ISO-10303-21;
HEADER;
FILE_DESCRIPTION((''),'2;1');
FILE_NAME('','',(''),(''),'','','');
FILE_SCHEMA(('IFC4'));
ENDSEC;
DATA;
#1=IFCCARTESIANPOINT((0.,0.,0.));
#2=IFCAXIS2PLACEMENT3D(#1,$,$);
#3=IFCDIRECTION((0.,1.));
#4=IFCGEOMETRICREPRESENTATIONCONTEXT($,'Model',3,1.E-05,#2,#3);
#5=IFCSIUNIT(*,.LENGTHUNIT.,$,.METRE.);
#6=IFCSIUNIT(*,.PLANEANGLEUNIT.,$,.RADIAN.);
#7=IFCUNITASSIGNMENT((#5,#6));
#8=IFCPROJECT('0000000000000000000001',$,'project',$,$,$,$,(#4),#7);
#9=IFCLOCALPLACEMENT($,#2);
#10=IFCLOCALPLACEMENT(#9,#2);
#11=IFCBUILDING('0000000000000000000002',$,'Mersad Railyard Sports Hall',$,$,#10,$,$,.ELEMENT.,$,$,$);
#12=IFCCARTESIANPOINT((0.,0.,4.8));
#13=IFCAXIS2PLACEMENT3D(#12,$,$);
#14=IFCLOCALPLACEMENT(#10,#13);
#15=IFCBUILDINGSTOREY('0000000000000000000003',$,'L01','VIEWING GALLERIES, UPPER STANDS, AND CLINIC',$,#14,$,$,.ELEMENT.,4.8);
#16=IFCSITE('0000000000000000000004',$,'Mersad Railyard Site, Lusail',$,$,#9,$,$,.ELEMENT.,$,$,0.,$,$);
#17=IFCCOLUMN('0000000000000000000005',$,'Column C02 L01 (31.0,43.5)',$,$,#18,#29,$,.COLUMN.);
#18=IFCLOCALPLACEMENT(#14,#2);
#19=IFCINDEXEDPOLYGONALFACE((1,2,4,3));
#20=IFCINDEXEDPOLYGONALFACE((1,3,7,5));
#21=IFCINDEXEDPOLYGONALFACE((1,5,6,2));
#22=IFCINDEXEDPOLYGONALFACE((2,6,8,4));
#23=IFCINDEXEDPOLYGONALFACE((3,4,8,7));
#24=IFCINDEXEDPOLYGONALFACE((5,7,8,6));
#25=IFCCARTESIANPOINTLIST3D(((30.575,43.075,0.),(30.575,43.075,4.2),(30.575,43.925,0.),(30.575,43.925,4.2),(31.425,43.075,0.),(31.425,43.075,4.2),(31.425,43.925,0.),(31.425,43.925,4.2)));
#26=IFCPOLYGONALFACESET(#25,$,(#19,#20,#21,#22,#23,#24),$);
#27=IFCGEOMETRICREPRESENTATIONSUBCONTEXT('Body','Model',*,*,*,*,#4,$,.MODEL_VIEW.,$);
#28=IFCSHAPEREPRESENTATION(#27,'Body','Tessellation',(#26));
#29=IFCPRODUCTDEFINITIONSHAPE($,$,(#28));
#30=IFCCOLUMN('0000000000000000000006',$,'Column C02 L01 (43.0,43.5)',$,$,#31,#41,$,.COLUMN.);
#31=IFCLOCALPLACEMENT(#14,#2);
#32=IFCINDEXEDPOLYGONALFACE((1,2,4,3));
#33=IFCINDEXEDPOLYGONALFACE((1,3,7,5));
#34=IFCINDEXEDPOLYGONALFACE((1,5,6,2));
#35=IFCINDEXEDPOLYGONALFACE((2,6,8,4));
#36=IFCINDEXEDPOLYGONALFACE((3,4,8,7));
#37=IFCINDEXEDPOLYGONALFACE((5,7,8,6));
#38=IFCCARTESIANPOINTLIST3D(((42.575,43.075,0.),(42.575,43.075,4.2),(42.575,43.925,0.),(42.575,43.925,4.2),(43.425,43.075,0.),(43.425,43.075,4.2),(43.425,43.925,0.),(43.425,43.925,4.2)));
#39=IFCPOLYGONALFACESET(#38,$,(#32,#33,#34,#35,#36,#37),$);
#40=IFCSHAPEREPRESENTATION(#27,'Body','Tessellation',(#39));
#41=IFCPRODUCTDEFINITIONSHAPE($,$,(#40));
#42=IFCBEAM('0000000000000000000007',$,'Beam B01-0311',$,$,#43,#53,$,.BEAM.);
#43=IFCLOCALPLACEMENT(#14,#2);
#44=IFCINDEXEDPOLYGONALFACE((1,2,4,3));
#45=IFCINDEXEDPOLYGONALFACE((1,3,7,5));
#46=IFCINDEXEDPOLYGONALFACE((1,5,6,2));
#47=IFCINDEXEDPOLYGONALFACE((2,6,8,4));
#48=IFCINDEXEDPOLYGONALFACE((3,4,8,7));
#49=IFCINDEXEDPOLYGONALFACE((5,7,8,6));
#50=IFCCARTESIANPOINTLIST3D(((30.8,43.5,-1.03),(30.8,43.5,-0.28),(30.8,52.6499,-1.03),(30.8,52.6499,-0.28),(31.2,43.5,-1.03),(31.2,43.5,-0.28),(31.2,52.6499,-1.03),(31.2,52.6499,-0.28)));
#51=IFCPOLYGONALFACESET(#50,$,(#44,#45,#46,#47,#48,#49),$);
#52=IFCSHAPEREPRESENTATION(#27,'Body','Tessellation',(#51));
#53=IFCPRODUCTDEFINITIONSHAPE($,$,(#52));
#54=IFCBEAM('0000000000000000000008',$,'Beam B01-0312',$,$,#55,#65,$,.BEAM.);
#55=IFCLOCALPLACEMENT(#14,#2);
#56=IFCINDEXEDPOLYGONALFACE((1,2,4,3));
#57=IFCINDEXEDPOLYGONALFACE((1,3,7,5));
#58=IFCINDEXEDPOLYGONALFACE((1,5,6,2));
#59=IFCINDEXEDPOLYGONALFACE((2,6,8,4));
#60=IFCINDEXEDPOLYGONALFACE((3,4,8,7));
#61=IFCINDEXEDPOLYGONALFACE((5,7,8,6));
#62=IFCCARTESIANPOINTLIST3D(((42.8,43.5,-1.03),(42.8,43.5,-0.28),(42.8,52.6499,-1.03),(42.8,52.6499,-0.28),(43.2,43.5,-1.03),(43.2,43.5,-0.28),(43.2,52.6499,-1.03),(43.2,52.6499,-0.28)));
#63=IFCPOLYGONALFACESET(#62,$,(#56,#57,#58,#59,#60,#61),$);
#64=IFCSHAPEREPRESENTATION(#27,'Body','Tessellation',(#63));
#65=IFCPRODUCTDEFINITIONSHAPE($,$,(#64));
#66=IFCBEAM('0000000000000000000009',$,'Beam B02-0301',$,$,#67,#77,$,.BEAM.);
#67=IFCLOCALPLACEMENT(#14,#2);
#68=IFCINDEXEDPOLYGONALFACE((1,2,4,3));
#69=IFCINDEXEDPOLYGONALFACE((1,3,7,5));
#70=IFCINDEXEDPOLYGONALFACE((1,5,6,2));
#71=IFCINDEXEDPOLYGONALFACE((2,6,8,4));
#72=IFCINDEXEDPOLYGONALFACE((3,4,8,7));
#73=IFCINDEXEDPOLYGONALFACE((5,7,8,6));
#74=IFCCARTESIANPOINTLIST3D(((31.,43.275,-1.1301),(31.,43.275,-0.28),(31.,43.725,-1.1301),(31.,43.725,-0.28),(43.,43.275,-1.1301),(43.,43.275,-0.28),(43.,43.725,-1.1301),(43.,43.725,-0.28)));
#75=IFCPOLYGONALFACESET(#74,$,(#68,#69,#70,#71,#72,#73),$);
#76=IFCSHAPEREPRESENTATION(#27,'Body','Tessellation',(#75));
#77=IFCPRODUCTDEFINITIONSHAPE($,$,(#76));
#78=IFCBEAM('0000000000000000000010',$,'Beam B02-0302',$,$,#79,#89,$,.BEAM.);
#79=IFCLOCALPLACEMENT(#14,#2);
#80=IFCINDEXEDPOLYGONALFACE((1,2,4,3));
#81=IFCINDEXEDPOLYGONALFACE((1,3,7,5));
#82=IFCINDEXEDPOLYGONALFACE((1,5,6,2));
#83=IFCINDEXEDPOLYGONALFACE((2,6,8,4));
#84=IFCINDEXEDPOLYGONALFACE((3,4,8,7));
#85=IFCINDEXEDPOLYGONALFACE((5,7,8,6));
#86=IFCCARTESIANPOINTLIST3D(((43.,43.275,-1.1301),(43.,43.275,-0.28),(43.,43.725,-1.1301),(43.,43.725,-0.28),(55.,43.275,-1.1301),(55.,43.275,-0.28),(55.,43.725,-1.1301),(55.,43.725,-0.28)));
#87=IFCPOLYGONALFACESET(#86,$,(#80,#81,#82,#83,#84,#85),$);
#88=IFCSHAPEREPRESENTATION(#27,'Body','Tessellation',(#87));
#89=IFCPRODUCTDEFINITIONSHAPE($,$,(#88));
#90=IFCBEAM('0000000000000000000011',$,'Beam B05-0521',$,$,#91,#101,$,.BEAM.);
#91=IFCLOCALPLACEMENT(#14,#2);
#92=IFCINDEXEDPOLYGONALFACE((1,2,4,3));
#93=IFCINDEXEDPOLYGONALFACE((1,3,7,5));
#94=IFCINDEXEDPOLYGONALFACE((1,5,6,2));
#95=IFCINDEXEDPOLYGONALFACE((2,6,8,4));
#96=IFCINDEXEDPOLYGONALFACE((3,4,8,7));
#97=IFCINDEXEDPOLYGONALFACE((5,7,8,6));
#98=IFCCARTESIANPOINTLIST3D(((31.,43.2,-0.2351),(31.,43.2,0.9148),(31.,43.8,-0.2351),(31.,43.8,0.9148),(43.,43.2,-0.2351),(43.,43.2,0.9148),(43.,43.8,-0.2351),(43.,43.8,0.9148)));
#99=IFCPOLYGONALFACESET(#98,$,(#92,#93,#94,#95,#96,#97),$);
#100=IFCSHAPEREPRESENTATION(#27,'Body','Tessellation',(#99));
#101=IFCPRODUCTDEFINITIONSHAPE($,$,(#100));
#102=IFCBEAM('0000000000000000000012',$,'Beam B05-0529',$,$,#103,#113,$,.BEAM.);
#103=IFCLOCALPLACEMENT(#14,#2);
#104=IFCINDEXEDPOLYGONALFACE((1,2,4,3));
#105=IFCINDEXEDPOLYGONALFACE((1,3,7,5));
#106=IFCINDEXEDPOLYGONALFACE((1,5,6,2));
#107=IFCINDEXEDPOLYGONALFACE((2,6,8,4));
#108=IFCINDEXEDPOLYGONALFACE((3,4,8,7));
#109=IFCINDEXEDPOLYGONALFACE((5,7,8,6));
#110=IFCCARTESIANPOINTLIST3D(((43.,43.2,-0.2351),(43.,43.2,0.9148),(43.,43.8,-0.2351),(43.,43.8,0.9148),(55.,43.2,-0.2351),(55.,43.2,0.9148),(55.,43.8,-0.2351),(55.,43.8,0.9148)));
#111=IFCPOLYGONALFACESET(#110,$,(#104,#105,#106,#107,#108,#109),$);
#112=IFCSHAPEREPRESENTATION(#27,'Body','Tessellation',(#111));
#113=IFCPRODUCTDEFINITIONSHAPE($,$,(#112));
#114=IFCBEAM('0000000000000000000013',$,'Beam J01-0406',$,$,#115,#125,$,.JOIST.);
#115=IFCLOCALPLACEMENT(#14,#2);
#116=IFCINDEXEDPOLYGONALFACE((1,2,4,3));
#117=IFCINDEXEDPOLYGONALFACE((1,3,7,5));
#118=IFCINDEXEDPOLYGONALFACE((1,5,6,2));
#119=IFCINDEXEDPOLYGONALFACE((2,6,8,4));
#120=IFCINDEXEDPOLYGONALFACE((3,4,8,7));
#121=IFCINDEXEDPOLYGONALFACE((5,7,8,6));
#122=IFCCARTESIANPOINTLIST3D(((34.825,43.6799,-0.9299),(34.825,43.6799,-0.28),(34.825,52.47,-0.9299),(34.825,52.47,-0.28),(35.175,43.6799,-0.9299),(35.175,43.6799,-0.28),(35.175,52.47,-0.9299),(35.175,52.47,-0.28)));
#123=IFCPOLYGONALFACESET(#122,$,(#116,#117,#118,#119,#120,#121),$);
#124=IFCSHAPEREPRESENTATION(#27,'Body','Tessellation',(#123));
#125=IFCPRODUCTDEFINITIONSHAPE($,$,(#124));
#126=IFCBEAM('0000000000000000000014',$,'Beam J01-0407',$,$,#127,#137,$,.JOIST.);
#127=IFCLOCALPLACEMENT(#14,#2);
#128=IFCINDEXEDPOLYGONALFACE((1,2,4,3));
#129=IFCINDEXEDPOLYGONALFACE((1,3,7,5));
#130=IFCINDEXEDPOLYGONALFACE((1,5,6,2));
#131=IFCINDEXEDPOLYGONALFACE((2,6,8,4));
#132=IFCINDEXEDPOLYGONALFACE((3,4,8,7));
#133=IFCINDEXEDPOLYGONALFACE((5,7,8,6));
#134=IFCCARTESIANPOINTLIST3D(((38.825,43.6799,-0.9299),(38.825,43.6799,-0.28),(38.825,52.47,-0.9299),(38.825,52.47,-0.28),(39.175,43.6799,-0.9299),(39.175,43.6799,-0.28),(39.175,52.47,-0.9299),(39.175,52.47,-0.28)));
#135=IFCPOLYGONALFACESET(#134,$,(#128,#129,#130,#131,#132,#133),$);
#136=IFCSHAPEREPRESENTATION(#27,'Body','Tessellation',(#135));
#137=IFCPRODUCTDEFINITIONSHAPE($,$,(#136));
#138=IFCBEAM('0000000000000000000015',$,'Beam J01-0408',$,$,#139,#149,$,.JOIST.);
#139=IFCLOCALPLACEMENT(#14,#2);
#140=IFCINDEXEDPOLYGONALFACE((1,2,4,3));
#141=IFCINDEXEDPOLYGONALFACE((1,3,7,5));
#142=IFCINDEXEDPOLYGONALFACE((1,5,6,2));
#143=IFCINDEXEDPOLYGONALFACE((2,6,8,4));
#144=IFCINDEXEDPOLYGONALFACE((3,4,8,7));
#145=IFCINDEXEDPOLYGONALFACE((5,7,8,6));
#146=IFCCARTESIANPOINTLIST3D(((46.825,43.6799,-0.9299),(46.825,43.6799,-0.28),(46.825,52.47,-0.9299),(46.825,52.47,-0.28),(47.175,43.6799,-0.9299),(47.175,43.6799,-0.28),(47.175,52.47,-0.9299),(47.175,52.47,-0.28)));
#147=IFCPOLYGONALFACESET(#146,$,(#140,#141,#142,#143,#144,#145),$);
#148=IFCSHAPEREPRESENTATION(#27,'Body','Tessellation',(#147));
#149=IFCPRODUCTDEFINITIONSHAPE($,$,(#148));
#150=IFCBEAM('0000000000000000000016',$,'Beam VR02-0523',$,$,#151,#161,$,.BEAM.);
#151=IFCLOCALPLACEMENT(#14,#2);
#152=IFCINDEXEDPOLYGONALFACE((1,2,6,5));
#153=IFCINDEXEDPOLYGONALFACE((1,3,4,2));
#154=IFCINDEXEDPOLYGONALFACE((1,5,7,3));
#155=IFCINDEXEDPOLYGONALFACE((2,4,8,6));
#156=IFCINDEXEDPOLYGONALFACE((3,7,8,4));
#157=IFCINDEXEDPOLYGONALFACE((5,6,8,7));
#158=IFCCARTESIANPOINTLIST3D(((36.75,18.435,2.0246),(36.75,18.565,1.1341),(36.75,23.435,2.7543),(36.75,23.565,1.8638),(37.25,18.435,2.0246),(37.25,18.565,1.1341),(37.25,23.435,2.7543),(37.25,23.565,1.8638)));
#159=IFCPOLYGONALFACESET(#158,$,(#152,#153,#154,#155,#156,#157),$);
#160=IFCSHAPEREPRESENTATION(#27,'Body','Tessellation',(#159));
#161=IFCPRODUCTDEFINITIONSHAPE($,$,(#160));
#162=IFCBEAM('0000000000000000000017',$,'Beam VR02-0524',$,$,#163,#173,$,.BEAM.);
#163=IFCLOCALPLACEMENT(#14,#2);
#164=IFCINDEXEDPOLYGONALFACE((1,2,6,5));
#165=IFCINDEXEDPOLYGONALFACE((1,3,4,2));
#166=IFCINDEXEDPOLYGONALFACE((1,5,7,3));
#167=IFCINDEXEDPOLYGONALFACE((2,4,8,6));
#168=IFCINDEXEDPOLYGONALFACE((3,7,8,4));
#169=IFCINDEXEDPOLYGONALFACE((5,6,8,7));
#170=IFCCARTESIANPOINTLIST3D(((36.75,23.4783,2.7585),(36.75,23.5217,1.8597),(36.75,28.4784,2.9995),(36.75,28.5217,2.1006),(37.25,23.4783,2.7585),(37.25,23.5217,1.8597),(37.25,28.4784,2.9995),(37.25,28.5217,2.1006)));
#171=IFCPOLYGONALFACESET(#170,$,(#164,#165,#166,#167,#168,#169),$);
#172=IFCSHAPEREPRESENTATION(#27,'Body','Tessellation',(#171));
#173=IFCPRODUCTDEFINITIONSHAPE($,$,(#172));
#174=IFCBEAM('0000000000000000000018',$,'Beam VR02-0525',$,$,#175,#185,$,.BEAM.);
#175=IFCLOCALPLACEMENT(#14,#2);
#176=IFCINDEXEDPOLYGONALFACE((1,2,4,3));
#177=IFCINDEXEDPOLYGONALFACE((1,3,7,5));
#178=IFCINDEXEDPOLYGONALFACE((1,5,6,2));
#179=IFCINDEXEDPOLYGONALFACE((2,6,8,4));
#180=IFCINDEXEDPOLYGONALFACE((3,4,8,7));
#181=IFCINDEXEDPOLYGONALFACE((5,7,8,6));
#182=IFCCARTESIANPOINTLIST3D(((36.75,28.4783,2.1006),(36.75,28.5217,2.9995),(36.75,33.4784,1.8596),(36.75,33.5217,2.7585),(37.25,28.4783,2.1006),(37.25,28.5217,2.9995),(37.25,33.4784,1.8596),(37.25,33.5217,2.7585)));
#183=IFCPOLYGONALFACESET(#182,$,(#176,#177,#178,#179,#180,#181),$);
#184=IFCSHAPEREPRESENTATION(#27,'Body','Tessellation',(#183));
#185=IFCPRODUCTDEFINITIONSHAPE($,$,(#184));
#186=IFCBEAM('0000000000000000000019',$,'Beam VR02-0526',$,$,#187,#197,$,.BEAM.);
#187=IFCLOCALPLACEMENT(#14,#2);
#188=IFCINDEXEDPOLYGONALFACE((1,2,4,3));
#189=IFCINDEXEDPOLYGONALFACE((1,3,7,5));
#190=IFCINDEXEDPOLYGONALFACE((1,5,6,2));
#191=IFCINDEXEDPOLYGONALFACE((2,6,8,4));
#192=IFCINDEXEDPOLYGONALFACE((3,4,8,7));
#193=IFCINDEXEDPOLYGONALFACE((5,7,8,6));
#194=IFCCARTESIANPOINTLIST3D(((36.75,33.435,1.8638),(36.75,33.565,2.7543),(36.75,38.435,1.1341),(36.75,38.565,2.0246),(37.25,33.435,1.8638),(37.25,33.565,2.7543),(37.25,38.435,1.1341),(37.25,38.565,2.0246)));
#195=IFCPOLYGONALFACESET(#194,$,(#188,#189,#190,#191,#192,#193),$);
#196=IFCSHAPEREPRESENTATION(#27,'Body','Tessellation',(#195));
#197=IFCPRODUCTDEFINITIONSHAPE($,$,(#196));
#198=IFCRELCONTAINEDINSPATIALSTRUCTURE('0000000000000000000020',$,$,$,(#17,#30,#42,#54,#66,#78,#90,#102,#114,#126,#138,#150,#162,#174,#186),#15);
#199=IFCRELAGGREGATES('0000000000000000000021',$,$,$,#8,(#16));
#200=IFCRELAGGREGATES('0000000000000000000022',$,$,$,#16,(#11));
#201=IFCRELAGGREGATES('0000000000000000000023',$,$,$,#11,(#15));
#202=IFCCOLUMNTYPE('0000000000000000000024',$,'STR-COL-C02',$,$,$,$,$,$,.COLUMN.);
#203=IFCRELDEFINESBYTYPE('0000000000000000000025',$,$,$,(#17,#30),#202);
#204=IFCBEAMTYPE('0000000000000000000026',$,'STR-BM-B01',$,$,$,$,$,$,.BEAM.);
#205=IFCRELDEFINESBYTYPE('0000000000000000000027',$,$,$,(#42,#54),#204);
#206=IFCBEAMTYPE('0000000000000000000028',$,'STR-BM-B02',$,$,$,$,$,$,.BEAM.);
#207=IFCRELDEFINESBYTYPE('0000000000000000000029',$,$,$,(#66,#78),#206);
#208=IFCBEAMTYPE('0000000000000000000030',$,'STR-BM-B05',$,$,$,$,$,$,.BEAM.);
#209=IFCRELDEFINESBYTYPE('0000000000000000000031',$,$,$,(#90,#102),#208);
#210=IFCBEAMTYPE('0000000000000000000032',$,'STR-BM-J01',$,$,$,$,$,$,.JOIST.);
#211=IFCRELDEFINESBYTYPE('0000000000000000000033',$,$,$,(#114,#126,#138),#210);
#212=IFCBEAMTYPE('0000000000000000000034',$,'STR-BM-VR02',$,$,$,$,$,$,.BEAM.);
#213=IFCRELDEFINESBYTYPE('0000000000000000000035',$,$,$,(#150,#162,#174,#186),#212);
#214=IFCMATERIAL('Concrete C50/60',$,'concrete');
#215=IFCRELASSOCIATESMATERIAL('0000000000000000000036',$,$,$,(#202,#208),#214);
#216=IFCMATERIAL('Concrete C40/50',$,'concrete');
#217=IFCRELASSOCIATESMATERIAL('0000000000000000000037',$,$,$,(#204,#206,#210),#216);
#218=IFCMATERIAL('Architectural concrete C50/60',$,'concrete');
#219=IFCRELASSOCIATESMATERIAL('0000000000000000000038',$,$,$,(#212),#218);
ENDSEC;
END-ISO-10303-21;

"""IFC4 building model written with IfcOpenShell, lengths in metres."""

from ifc_helpers import new_model, si_unit, direction, frame, origin, origin_2d, place, context, subcontext, project, spatial, rectangle, extrude, material, material_profile, profile_set, type_object, element, save


model = new_model("IFC4")

# Units and contexts
model_context = context("Model", 3, precision=1e-05, world=origin(), true_north=direction((0.0, 1.0)))
body_context = subcontext(model_context, "Body", "Model", "MODEL_VIEW")
ifc_project = project(units=[si_unit("LENGTHUNIT", "METRE"), si_unit("PLANEANGLEUNIT", "RADIAN")], contexts=[model_context])

# Site, building, storey
site_placement = place(None, origin())
site = spatial("IfcSite", under=ifc_project, at=site_placement, Name="Mersad Railyard Site, Lusail", CompositionType="ELEMENT", RefElevation=0.0)
building_placement = place(site_placement, origin())
building = spatial("IfcBuilding", under=site, at=building_placement, Name="Mersad Railyard Sports Hall", CompositionType="ELEMENT")
storey_placement = place(building_placement, frame((0.0, 0.0, 4.8)))
storey = spatial("IfcBuildingStorey", under=building, at=storey_placement, Name="L01", Description="VIEWING GALLERIES, UPPER STANDS, AND CLINIC", CompositionType="ELEMENT", Elevation=4.8)

# Columns
ifc_material_1 = material(Name="Concrete C50/60", Category="concrete")
ifc_material_profile_1 = material_profile(ifc_material_1, rectangle(XDim=0.8501, YDim=0.8501, at=origin_2d()), Name="RC 850x850")
ifc_profile_set_1 = profile_set([ifc_material_profile_1], Name="Concrete C50/60")
column_type = type_object("IfcColumnType", Name="STR-COL-C02", PredefinedType="COLUMN", material=ifc_profile_set_1)
for number, where, z_axis, x_axis, name in (
    (1, (31.0, 43.5, 0.0), (0.0, 0.0, 1.0), (1.0, 0.0, 0.0), "Column C02 L01 (31.0,43.5)"),
    (2, (43.0, 43.5, 0.0), (0.0, 0.0, 1.0), (1.0, 0.0, 0.0), "Column C02 L01 (43.0,43.5)"),
):
    element("IfcColumn", number, at=place(storey_placement, frame(where, z_axis=z_axis, x_axis=x_axis)), inside=storey, type_object=column_type, Name=name, PredefinedType="COLUMN", context=body_context, shape_type="SweptSolid", body=[
        extrude(rectangle(XDim=0.8501, YDim=0.8501, at=origin_2d()), origin(), (0.0, 0.0, 1.0), 4.2),
    ])

# Beams
ifc_material_2 = material(Name="Concrete C40/50", Category="concrete")
ifc_material_profile_2 = material_profile(ifc_material_2, rectangle(XDim=0.3999, YDim=0.75, at=origin_2d()), Name="RC 400x750")
ifc_profile_set_2 = profile_set([ifc_material_profile_2], Name="Concrete C40/50")
beam_type_1 = type_object("IfcBeamType", Name="STR-BM-B01", PredefinedType="BEAM", material=ifc_profile_set_2)
for number, where, z_axis, x_axis, name in (
    (3, (31.0, 43.5, -0.655), (0.0, 1.0, 0.0), (-1.0, 0.0, 0.0), "Beam B01-0311"),
    (4, (43.0, 43.5, -0.655), (0.0, 1.0, 0.0), (-1.0, 0.0, 0.0), "Beam B01-0312"),
):
    element("IfcBeam", number, at=place(storey_placement, frame(where, z_axis=z_axis, x_axis=x_axis)), inside=storey, type_object=beam_type_1, Name=name, PredefinedType="BEAM", context=body_context, shape_type="SweptSolid", body=[
        extrude(rectangle(XDim=0.3999, YDim=0.75, at=origin_2d()), origin(), (0.0, 0.0, 1.0), 9.1499),
    ])
ifc_material_profile_3 = material_profile(ifc_material_2, rectangle(XDim=0.45, YDim=0.8501, at=origin_2d()), Name="RC 450x850")
ifc_profile_set_3 = profile_set([ifc_material_profile_3], Name="Concrete C40/50")
beam_type_2 = type_object("IfcBeamType", Name="STR-BM-B02", PredefinedType="BEAM", material=ifc_profile_set_3)
for number, where, z_axis, x_axis, name in (
    (5, (31.0, 43.5, -0.7051), (1.0, 0.0, 0.0), (0.0, 1.0, 0.0), "Beam B02-0301"),
    (6, (43.0, 43.5, -0.7051), (1.0, 0.0, 0.0), (0.0, 1.0, 0.0), "Beam B02-0302"),
):
    element("IfcBeam", number, at=place(storey_placement, frame(where, z_axis=z_axis, x_axis=x_axis)), inside=storey, type_object=beam_type_2, Name=name, PredefinedType="BEAM", context=body_context, shape_type="SweptSolid", body=[
        extrude(rectangle(XDim=0.45, YDim=0.8501, at=origin_2d()), origin(), (0.0, 0.0, 1.0), 12.0),
    ])
ifc_material_profile_4 = material_profile(ifc_material_1, rectangle(XDim=0.6001, YDim=1.1499, at=origin_2d()), Name="RC 600x1150")
ifc_profile_set_4 = profile_set([ifc_material_profile_4], Name="Concrete C50/60")
beam_type_3 = type_object("IfcBeamType", Name="STR-BM-B05", PredefinedType="BEAM", material=ifc_profile_set_4)
for number, where, z_axis, x_axis, name in (
    (7, (31.0, 43.5, 0.3398), (1.0, 0.0, 0.0), (0.0, 1.0, 0.0), "Beam B05-0521"),
    (8, (43.0, 43.5, 0.3398), (1.0, 0.0, 0.0), (0.0, 1.0, 0.0), "Beam B05-0529"),
):
    element("IfcBeam", number, at=place(storey_placement, frame(where, z_axis=z_axis, x_axis=x_axis)), inside=storey, type_object=beam_type_3, Name=name, PredefinedType="BEAM", context=body_context, shape_type="SweptSolid", body=[
        extrude(rectangle(XDim=0.6001, YDim=1.1499, at=origin_2d()), origin(), (0.0, 0.0, 1.0), 12.0),
    ])
ifc_material_profile_5 = material_profile(ifc_material_2, rectangle(XDim=0.3501, YDim=0.6499, at=origin_2d()), Name="RC 350x650")
ifc_profile_set_5 = profile_set([ifc_material_profile_5], Name="Concrete C40/50")
beam_type_4 = type_object("IfcBeamType", Name="STR-BM-J01", PredefinedType="JOIST", material=ifc_profile_set_5)
for number, where, z_axis, x_axis, name in (
    (9, (35.0, 43.6799, -0.605), (0.0, 1.0, 0.0), (-1.0, 0.0, 0.0), "Beam J01-0406"),
    (10, (39.0, 43.6799, -0.605), (0.0, 1.0, 0.0), (-1.0, 0.0, 0.0), "Beam J01-0407"),
    (11, (47.0, 43.6799, -0.605), (0.0, 1.0, 0.0), (-1.0, 0.0, 0.0), "Beam J01-0408"),
):
    element("IfcBeam", number, at=place(storey_placement, frame(where, z_axis=z_axis, x_axis=x_axis)), inside=storey, type_object=beam_type_4, Name=name, PredefinedType="JOIST", context=body_context, shape_type="SweptSolid", body=[
        extrude(rectangle(XDim=0.3501, YDim=0.6499, at=origin_2d()), origin(), (0.0, 0.0, 1.0), 8.79),
    ])
ifc_material_3 = material(Name="Architectural concrete C50/60", Category="concrete")
ifc_material_profile_6 = material_profile(ifc_material_3, rectangle(XDim=0.5, YDim=0.8999, at=origin_2d()), Name="VR 500x900")
ifc_profile_set_6 = profile_set([ifc_material_profile_6], Name="Architectural concrete C50/60")
beam_type_5 = type_object("IfcBeamType", Name="STR-BM-VR02", PredefinedType="BEAM", material=ifc_profile_set_6)
beam_1_placement = place(storey_placement, frame((37.0, 18.5, 1.5793), z_axis=(0.0, 0.989517, 0.144417), x_axis=(-1.0, 0.0, 0.0)))
element("IfcBeam", 12, at=beam_1_placement, inside=storey, type_object=beam_type_5, Name="Beam VR02-0523", PredefinedType="BEAM", context=body_context, shape_type="SweptSolid", body=[
    extrude(rectangle(XDim=0.5, YDim=0.8999, at=origin_2d()), origin(), (0.0, 0.0, 1.0), 5.053),
])
for number, where, z_axis, x_axis, name in (
    (13, (37.0, 23.5, 2.3091), (0.0, 0.998841, 0.048137), (-1.0, 0.0, 0.0), "Beam VR02-0524"),
    (14, (37.0, 28.5, 2.55), (0.0, 0.998841, -0.048137), (-1.0, 0.0, 0.0), "Beam VR02-0525"),
):
    element("IfcBeam", number, at=place(storey_placement, frame(where, z_axis=z_axis, x_axis=x_axis)), inside=storey, type_object=beam_type_5, Name=name, PredefinedType="BEAM", context=body_context, shape_type="SweptSolid", body=[
        extrude(rectangle(XDim=0.5, YDim=0.8999, at=origin_2d()), origin(), (0.0, 0.0, 1.0), 5.0059),
    ])
beam_2_placement = place(storey_placement, frame((37.0, 33.5, 2.3091), z_axis=(0.0, 0.989517, -0.144417), x_axis=(-1.0, 0.0, 0.0)))
element("IfcBeam", 15, at=beam_2_placement, inside=storey, type_object=beam_type_5, Name="Beam VR02-0526", PredefinedType="BEAM", context=body_context, shape_type="SweptSolid", body=[
    extrude(rectangle(XDim=0.5, YDim=0.8999, at=origin_2d()), origin(), (0.0, 0.0, 1.0), 5.053),
])

save(model, "model.ifc")
